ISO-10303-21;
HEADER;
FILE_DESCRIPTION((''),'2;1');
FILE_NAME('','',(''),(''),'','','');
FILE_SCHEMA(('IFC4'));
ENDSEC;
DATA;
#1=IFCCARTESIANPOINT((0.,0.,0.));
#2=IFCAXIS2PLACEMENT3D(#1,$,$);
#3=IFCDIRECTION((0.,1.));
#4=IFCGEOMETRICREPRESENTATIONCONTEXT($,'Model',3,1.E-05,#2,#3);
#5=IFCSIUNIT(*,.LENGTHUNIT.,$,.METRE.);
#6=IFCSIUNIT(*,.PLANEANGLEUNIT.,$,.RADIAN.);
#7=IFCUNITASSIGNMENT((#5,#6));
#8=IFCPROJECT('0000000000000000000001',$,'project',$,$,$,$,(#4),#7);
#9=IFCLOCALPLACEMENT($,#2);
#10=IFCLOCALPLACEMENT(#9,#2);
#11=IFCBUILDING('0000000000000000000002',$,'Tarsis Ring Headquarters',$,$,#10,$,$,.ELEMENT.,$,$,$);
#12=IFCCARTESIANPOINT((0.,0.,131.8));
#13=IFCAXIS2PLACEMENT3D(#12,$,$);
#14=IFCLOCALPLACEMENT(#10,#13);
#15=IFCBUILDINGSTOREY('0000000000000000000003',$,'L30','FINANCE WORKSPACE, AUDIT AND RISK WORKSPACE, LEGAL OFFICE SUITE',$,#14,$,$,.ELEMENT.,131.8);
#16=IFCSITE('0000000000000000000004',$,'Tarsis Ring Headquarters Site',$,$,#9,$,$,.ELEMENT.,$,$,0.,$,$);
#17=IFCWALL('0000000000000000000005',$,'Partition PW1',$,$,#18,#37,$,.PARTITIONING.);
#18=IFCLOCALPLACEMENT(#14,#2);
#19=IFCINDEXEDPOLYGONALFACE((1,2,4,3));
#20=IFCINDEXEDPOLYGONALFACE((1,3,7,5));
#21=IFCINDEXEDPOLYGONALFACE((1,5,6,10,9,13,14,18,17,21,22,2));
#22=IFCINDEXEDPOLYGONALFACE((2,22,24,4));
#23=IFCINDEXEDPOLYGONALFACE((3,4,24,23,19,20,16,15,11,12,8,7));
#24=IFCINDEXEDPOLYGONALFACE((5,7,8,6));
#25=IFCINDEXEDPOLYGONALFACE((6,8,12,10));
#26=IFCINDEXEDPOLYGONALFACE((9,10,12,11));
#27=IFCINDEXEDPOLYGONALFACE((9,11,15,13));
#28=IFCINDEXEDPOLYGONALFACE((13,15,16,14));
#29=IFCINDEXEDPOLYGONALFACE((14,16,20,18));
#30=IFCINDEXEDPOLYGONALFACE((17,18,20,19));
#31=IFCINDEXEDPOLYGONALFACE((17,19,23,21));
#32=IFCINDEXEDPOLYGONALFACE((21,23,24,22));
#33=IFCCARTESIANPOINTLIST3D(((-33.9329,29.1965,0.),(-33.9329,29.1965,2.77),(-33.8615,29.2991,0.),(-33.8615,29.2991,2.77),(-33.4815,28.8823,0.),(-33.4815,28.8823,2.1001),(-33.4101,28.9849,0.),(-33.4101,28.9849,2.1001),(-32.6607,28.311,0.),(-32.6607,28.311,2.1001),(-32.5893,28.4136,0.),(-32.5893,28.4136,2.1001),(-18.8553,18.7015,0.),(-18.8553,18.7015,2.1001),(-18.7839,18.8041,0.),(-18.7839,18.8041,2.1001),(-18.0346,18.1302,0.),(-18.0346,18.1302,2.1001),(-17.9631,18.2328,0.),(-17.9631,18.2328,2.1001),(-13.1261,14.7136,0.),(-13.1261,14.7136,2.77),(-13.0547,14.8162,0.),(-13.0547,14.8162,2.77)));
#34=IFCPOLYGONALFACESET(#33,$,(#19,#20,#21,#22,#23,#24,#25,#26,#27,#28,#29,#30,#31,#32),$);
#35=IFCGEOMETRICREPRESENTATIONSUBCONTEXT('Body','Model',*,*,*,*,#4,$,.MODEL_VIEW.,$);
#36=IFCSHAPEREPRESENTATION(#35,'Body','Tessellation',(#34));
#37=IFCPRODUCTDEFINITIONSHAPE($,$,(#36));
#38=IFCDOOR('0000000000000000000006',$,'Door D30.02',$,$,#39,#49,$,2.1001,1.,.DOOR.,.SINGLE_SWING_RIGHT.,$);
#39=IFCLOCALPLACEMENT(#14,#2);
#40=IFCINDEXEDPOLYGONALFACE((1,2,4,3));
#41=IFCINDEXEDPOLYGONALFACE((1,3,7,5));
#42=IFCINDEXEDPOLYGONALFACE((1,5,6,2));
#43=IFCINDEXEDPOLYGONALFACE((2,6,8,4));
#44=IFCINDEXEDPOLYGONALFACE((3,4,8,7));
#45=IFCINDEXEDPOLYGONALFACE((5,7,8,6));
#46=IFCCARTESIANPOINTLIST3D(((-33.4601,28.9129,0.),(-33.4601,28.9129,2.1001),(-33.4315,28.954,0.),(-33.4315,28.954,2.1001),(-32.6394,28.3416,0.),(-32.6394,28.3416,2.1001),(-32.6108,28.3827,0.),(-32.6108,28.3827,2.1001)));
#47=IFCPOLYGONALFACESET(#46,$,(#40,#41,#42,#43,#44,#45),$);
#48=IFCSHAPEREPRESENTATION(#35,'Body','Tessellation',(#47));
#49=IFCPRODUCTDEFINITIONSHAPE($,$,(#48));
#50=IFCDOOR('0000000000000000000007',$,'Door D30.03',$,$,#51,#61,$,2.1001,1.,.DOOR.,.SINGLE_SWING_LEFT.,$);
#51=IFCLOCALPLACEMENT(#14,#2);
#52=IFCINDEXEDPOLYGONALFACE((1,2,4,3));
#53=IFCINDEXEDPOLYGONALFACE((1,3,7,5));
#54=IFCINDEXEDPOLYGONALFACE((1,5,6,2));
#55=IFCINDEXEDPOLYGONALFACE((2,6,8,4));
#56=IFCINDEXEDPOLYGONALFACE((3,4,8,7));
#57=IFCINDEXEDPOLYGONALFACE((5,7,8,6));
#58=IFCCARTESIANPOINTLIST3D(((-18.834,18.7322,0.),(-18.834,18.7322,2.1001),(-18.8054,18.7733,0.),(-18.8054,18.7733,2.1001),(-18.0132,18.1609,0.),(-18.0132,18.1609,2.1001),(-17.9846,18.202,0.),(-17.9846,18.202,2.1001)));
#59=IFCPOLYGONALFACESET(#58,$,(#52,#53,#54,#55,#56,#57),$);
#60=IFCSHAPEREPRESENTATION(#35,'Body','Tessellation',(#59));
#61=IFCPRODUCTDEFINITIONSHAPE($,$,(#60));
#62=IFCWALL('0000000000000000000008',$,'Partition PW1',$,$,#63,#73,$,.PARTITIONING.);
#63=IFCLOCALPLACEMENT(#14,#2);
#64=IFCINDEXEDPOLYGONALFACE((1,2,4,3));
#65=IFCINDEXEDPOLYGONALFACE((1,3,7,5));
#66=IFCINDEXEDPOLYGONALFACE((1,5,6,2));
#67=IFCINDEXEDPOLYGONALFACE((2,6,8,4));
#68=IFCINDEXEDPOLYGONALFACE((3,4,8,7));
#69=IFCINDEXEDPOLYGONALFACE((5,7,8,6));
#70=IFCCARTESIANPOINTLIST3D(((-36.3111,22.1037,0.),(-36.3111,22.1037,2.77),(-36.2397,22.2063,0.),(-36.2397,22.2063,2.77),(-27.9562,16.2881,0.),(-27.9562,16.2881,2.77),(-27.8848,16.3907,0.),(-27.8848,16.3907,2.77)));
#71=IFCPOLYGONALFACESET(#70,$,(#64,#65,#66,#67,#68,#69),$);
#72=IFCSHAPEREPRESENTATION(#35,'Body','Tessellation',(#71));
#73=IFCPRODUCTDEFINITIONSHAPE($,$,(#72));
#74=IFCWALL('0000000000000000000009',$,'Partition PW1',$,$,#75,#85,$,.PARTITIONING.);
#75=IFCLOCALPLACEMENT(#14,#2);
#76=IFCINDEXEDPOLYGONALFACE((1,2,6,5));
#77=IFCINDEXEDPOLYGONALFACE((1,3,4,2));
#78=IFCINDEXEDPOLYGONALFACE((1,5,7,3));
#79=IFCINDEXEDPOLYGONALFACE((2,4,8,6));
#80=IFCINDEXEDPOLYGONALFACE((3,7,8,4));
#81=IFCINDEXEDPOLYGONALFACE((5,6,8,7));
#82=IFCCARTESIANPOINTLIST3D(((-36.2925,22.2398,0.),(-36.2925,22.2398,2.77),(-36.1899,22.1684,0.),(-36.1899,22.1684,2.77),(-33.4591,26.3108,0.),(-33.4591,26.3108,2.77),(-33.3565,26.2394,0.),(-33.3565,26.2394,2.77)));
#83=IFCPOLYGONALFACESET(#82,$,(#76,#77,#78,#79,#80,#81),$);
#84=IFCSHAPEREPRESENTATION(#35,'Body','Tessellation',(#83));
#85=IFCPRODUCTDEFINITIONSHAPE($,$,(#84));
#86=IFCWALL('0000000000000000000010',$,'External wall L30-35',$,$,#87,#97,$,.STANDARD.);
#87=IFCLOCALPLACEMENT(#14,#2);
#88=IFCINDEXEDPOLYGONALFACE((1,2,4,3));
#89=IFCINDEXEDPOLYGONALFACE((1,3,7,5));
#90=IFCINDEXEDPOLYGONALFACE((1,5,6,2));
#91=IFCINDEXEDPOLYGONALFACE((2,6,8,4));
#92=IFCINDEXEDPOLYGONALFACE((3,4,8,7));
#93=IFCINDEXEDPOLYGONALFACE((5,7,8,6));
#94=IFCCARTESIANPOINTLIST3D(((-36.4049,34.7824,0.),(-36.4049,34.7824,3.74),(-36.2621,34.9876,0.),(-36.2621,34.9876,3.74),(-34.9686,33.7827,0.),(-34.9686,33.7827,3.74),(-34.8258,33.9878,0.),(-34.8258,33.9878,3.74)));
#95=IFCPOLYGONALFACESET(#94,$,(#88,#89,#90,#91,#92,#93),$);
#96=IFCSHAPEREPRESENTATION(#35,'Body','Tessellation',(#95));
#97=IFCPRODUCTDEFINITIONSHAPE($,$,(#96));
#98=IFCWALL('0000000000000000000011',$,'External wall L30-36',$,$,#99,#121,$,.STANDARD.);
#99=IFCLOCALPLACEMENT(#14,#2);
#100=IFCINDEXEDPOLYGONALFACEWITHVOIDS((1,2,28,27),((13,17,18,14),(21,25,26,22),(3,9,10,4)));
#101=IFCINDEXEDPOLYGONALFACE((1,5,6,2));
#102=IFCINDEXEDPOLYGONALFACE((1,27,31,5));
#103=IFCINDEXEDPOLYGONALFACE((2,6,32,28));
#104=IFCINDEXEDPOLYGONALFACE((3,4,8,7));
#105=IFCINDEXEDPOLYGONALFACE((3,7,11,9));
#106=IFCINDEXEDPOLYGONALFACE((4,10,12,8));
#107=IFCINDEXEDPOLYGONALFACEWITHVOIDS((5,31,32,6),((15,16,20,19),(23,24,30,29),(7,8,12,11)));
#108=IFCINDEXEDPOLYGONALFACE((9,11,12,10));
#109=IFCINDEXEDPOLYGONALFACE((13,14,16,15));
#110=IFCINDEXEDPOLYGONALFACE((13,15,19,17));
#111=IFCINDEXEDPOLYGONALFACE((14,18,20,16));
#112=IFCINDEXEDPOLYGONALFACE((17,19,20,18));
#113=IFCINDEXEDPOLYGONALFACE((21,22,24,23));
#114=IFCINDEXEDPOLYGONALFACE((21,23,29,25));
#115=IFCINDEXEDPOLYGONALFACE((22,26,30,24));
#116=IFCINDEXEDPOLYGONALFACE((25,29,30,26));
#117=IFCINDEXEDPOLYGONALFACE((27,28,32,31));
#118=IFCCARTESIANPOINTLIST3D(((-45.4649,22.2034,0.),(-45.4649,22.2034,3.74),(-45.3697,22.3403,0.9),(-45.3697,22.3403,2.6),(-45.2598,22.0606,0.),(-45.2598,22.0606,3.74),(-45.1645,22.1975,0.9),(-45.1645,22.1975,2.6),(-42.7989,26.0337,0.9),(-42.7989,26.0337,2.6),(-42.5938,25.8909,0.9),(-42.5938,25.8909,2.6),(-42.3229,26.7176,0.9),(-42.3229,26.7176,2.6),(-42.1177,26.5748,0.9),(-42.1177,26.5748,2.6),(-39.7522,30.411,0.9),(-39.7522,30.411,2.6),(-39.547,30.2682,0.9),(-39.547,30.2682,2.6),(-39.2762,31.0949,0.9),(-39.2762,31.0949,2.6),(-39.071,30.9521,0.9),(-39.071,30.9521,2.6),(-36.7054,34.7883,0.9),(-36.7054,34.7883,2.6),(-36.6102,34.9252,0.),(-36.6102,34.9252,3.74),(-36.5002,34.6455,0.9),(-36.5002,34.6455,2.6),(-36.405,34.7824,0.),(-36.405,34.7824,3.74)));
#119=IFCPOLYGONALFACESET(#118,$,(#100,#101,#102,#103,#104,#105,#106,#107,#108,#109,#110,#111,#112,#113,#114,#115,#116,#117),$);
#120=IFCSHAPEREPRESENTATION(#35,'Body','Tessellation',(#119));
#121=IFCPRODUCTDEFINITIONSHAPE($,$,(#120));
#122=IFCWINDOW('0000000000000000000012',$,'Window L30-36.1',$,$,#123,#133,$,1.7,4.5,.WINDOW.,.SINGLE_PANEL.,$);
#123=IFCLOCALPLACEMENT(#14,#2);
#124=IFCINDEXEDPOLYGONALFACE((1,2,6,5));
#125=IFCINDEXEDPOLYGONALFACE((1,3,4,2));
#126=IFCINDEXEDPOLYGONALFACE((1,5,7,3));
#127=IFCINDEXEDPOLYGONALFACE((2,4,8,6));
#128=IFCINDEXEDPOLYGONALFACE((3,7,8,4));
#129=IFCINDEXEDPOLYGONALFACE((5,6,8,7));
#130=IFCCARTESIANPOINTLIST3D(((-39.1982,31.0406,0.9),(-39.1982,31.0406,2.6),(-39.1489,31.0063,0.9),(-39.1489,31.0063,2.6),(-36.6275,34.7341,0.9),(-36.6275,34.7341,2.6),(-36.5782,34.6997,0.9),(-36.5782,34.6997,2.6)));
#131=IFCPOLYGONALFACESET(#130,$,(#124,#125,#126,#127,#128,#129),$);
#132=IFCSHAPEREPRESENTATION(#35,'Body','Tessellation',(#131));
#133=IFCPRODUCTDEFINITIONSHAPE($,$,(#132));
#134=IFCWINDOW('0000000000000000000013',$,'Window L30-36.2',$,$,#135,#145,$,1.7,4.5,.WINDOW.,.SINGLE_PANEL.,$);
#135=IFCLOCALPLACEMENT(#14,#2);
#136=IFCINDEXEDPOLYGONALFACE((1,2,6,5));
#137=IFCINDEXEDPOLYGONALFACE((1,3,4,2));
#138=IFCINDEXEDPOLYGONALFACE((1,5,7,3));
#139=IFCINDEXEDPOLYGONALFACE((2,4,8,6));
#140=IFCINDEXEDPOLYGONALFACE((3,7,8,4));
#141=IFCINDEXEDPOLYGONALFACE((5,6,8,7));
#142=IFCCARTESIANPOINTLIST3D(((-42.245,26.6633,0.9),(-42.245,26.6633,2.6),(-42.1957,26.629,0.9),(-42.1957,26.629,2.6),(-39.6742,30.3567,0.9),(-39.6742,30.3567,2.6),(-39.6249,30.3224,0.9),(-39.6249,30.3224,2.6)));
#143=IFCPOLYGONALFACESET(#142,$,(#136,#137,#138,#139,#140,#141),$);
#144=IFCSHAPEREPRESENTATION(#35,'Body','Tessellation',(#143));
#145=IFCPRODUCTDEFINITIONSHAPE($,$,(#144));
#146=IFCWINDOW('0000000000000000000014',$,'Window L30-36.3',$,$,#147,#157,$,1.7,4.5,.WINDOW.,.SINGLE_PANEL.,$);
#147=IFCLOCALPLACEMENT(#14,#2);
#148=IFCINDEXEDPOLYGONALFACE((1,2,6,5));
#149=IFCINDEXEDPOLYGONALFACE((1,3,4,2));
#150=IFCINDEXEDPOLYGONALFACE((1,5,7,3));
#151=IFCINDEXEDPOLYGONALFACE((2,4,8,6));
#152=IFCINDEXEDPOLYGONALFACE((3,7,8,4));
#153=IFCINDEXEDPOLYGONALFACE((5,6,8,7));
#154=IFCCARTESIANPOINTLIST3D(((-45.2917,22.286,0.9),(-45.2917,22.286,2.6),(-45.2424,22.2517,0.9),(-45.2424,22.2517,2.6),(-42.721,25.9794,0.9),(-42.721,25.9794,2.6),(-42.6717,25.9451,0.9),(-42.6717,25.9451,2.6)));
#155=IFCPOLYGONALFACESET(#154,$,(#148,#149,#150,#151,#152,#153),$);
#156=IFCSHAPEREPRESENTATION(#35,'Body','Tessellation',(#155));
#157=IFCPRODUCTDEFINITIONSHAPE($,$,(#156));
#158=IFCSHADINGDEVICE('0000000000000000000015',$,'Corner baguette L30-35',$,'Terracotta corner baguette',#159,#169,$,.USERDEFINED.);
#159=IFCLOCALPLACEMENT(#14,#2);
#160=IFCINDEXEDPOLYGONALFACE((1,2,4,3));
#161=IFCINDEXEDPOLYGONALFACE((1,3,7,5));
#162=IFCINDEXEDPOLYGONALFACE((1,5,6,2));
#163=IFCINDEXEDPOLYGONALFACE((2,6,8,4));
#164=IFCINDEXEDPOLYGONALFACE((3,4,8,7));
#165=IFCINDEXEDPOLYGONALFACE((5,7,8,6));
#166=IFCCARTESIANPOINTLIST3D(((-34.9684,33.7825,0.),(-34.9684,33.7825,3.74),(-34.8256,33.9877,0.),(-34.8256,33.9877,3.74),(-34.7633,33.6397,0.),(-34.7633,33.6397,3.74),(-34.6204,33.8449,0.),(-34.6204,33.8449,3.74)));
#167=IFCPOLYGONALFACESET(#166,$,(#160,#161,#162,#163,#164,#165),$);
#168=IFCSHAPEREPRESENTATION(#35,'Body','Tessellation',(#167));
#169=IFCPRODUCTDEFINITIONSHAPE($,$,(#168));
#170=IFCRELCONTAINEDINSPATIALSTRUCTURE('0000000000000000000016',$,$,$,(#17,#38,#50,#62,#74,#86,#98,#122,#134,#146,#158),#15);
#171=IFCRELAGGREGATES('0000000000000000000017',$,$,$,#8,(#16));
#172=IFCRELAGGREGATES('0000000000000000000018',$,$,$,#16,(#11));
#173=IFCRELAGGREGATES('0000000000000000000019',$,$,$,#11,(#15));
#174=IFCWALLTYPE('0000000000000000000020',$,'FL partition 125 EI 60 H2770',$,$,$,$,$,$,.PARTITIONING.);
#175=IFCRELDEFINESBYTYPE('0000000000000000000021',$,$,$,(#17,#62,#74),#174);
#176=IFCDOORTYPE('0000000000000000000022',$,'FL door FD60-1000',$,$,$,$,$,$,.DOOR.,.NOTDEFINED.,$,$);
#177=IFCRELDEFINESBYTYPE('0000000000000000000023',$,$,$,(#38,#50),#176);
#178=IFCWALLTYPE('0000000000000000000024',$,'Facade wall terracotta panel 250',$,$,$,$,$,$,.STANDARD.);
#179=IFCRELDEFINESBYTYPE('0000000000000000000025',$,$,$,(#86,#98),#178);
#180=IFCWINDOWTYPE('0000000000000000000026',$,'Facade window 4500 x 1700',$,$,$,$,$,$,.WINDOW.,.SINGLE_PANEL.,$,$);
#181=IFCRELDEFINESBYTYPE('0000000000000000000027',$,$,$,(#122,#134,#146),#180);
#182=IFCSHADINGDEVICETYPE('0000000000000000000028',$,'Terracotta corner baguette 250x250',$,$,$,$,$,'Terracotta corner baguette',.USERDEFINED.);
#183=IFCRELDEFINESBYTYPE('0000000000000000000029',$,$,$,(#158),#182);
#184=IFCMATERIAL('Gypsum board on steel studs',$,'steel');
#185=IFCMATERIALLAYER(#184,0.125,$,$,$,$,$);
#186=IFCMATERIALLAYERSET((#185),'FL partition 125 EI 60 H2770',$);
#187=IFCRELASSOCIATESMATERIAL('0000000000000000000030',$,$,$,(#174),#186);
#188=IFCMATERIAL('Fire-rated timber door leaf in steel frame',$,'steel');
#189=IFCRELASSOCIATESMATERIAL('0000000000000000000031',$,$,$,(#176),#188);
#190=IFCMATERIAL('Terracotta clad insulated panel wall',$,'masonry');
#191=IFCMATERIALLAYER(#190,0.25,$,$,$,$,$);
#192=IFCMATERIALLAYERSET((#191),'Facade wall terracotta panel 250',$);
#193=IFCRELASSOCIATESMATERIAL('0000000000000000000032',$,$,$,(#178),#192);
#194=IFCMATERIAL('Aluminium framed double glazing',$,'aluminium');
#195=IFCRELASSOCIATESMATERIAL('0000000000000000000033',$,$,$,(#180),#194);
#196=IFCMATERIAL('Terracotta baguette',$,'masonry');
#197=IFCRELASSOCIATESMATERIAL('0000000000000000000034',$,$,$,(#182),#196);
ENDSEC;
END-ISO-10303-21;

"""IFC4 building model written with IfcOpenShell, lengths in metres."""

from ifc_helpers import new_model, si_unit, direction, frame, frame_2d, origin, origin_2d, place, context, subcontext, project, spatial, rectangle, extrude, material, layer, layer_set, type_object, element, fill, save


model = new_model("IFC4")

# Units and contexts
model_context = context("Model", 3, precision=1e-05, world=origin(), true_north=direction((0.0, 1.0)))
body_context = subcontext(model_context, "Body", "Model", "MODEL_VIEW")
ifc_project = project(units=[si_unit("LENGTHUNIT", "METRE"), si_unit("PLANEANGLEUNIT", "RADIAN")], contexts=[model_context])

# Site, building, storey
site_placement = place(None, origin())
site = spatial("IfcSite", under=ifc_project, at=site_placement, Name="Tarsis Ring Headquarters Site", CompositionType="ELEMENT", RefElevation=0.0)
building_placement = place(site_placement, origin())
building = spatial("IfcBuilding", under=site, at=building_placement, Name="Tarsis Ring Headquarters", CompositionType="ELEMENT")
storey_placement = place(building_placement, frame((0.0, 0.0, 131.8)))
storey = spatial("IfcBuildingStorey", under=building, at=storey_placement, Name="L30", Description="FINANCE WORKSPACE, AUDIT AND RISK WORKSPACE, LEGAL OFFICE SUITE", CompositionType="ELEMENT", Elevation=131.8)

# Shared definitions
ifc_material_1 = material(Name="Gypsum board on steel studs", Category="steel")

# Wall, openings, doors
ifc_layer_1 = layer(ifc_material_1, 0.125)
ifc_layer_set_1 = layer_set([ifc_layer_1], Name="FL partition 125 EI 60 H2770")
wall_type_1 = type_object("IfcWallType", Name="FL partition 125 EI 60 H2770", PredefinedType="PARTITIONING", material=ifc_layer_set_1)
wall_1_placement = place(storey_placement, frame((-33.8972, 29.2478, 0.0), z_axis=(0.0, 0.0, 1.0), x_axis=(0.820747, -0.571292, 0.0)))
wall_1 = element("IfcWall", 1, at=wall_1_placement, inside=storey, type_object=wall_type_1, Name="Partition PW1", PredefinedType="PARTITIONING", context=body_context, shape_type="SweptSolid", body=[
    extrude(rectangle(XDim=25.3511, YDim=0.125, at=frame_2d((12.6755, 0.0))), origin(), (0.0, 0.0, 1.0), 2.77),
])
opening_1_placement = place(wall_1_placement, frame((0.55, 0.0, 0.0)))
opening_1 = element("IfcOpeningElement", 2, at=opening_1_placement, cuts=wall_1, PredefinedType="OPENING", context=body_context, shape_type="SweptSolid", body=[
    extrude(rectangle(XDim=1.0, YDim=2.1001, at=frame_2d((0.5, 1.05))), frame((0.0, 0.0725, 0.0), z_axis=(0.0, -1.0, 0.0), x_axis=(1.0, 0.0, 0.0)), (0.0, 0.0, 1.0), 0.145),
])
opening_2_placement = place(wall_1_placement, frame((18.3706, 0.0, 0.0)))
opening_2 = element("IfcOpeningElement", 3, at=opening_2_placement, cuts=wall_1, PredefinedType="OPENING", context=body_context, shape_type="SweptSolid", body=[
    extrude(rectangle(XDim=1.0, YDim=2.1001, at=frame_2d((0.5, 1.05))), frame((0.0, 0.0725, 0.0), z_axis=(0.0, -1.0, 0.0), x_axis=(1.0, 0.0, 0.0)), (0.0, 0.0, 1.0), 0.145),
])
ifc_material_2 = material(Name="Fire-rated timber door leaf in steel frame", Category="steel")
door_type = type_object("IfcDoorType", Name="FL door FD60-1000", OperationType="NOTDEFINED", PredefinedType="DOOR", material=ifc_material_2)
door_1_placement = place(opening_1_placement, origin())
door_1 = element("IfcDoor", 4, at=door_1_placement, inside=storey, type_object=door_type, Name="Door D30.02", OperationType="SINGLE_SWING_RIGHT", OverallHeight=2.1001, OverallWidth=1.0, PredefinedType="DOOR", context=body_context, shape_type="SweptSolid", body=[
    extrude(rectangle(XDim=1.0, YDim=2.1001, at=frame_2d((0.5, 1.05))), frame((0.0, 0.0249, 0.0), z_axis=(0.0, -1.0, 0.0), x_axis=(1.0, 0.0, 0.0)), (0.0, 0.0, 1.0), 0.05),
])
fill(opening_1, door_1)
door_2_placement = place(opening_2_placement, origin())
door_2 = element("IfcDoor", 5, at=door_2_placement, inside=storey, type_object=door_type, Name="Door D30.03", OperationType="SINGLE_SWING_LEFT", OverallHeight=2.1001, OverallWidth=1.0, PredefinedType="DOOR", context=body_context, shape_type="SweptSolid", body=[
    extrude(rectangle(XDim=1.0, YDim=2.1001, at=frame_2d((0.5, 1.05))), frame((0.0, 0.0249, 0.0), z_axis=(0.0, -1.0, 0.0), x_axis=(1.0, 0.0, 0.0)), (0.0, 0.0, 1.0), 0.05),
])
fill(opening_2, door_2)

# Walls
wall_2_placement = place(storey_placement, frame((-36.2754, 22.155, 0.0), z_axis=(0.0, 0.0, 1.0), x_axis=(0.820743, -0.571297, 0.0)))
element("IfcWall", 6, at=wall_2_placement, inside=storey, type_object=wall_type_1, Name="Partition PW1", PredefinedType="PARTITIONING", context=body_context, shape_type="SweptSolid", body=[
    extrude(rectangle(XDim=10.1797, YDim=0.125, at=frame_2d((5.0898, 0.0))), origin(), (0.0, 0.0, 1.0), 2.77),
])
wall_3_placement = place(storey_placement, frame((-36.2412, 22.2041, 0.0), z_axis=(0.0, 0.0, 1.0), x_axis=(0.571263, 0.820767, 0.0)))
element("IfcWall", 7, at=wall_3_placement, inside=storey, type_object=wall_type_1, Name="Partition PW1", PredefinedType="PARTITIONING", context=body_context, shape_type="SweptSolid", body=[
    extrude(rectangle(XDim=4.96, YDim=0.125, at=frame_2d((2.48, 0.0))), origin(), (0.0, 0.0, 1.0), 2.77),
])
ifc_material_3 = material(Name="Terracotta clad insulated panel wall", Category="masonry")
ifc_layer_2 = layer(ifc_material_3, 0.25)
ifc_layer_set_2 = layer_set([ifc_layer_2], Name="Facade wall terracotta panel 250")
wall_type_2 = type_object("IfcWallType", Name="Facade wall terracotta panel 250", PredefinedType="STANDARD", material=ifc_layer_set_2)
wall_4_placement = place(storey_placement, frame((-34.8972, 33.8853, 0.0), z_axis=(0.0, 0.0, 1.0), x_axis=(-0.820743, 0.571297, 0.0)))
element("IfcWall", 8, at=wall_4_placement, inside=storey, type_object=wall_type_2, Name="External wall L30-35", PredefinedType="STANDARD", context=body_context, shape_type="SweptSolid", body=[
    extrude(rectangle(XDim=1.75, YDim=0.25, at=frame_2d((0.875, 0.0))), origin(), (0.0, 0.0, 1.0), 3.74),
])

# Wall, openings, windows
wall_5_placement = place(storey_placement, frame((-36.5076, 34.8538, 0.0), z_axis=(0.0, 0.0, 1.0), x_axis=(-0.571276, -0.820758, 0.0)))
wall_5 = element("IfcWall", 9, at=wall_5_placement, inside=storey, type_object=wall_type_2, Name="External wall L30-36", PredefinedType="STANDARD", context=body_context, shape_type="SweptSolid", body=[
    extrude(rectangle(XDim=15.5, YDim=0.25, at=frame_2d((7.75, 0.0))), origin(), (0.0, 0.0, 1.0), 3.74),
])
opening_3_placement = place(wall_5_placement, frame((0.1667, 0.0, 0.8999)))
opening_3 = element("IfcOpeningElement", 10, at=opening_3_placement, cuts=wall_5, PredefinedType="OPENING", context=body_context, shape_type="SweptSolid", body=[
    extrude(rectangle(XDim=4.5, YDim=1.7, at=frame_2d((2.25, 0.8501))), frame((0.0, 0.135, 0.0), z_axis=(0.0, -1.0, 0.0), x_axis=(1.0, 0.0, 0.0)), (0.0, 0.0, 1.0), 0.27),
])
opening_4_placement = place(wall_5_placement, frame((5.5, 0.0, 0.8999)))
opening_4 = element("IfcOpeningElement", 11, at=opening_4_placement, cuts=wall_5, PredefinedType="OPENING", context=body_context, shape_type="SweptSolid", body=[
    extrude(rectangle(XDim=4.5, YDim=1.7, at=frame_2d((2.25, 0.8501))), frame((0.0, 0.135, 0.0), z_axis=(0.0, -1.0, 0.0), x_axis=(1.0, 0.0, 0.0)), (0.0, 0.0, 1.0), 0.27),
])
opening_5_placement = place(wall_5_placement, frame((10.8333, 0.0, 0.8999)))
opening_5 = element("IfcOpeningElement", 12, at=opening_5_placement, cuts=wall_5, PredefinedType="OPENING", context=body_context, shape_type="SweptSolid", body=[
    extrude(rectangle(XDim=4.5, YDim=1.7, at=frame_2d((2.25, 0.8501))), frame((0.0, 0.135, 0.0), z_axis=(0.0, -1.0, 0.0), x_axis=(1.0, 0.0, 0.0)), (0.0, 0.0, 1.0), 0.27),
])
ifc_material_4 = material(Name="Aluminium framed double glazing", Category="aluminium")
window_type = type_object("IfcWindowType", Name="Facade window 4500 x 1700", PartitioningType="SINGLE_PANEL", PredefinedType="WINDOW", material=ifc_material_4)
window_1_placement = place(opening_3_placement, origin())
window_1 = element("IfcWindow", 13, at=window_1_placement, inside=storey, type_object=window_type, Name="Window L30-36.1", OverallHeight=1.7, OverallWidth=4.5, PartitioningType="SINGLE_PANEL", PredefinedType="WINDOW", context=body_context, shape_type="SweptSolid", body=[
    extrude(rectangle(XDim=4.5, YDim=1.7, at=frame_2d((2.25, 0.8501))), frame((0.0, 0.03, 0.0), z_axis=(0.0, -1.0, 0.0), x_axis=(1.0, 0.0, 0.0)), (0.0, 0.0, 1.0), 0.0601),
])
fill(opening_3, window_1)
window_2_placement = place(opening_4_placement, origin())
window_2 = element("IfcWindow", 14, at=window_2_placement, inside=storey, type_object=window_type, Name="Window L30-36.2", OverallHeight=1.7, OverallWidth=4.5, PartitioningType="SINGLE_PANEL", PredefinedType="WINDOW", context=body_context, shape_type="SweptSolid", body=[
    extrude(rectangle(XDim=4.5, YDim=1.7, at=frame_2d((2.25, 0.8501))), frame((0.0, 0.03, 0.0), z_axis=(0.0, -1.0, 0.0), x_axis=(1.0, 0.0, 0.0)), (0.0, 0.0, 1.0), 0.0601),
])
fill(opening_4, window_2)
window_3_placement = place(opening_5_placement, origin())
window_3 = element("IfcWindow", 15, at=window_3_placement, inside=storey, type_object=window_type, Name="Window L30-36.3", OverallHeight=1.7, OverallWidth=4.5, PartitioningType="SINGLE_PANEL", PredefinedType="WINDOW", context=body_context, shape_type="SweptSolid", body=[
    extrude(rectangle(XDim=4.5, YDim=1.7, at=frame_2d((2.25, 0.8501))), frame((0.0, 0.03, 0.0), z_axis=(0.0, -1.0, 0.0), x_axis=(1.0, 0.0, 0.0)), (0.0, 0.0, 1.0), 0.0601),
])
fill(opening_5, window_3)

# Shading device
ifc_material_5 = material(Name="Terracotta baguette", Category="masonry")
shading_device_type_1 = type_object("IfcShadingDeviceType", Name="Terracotta corner baguette 250x250", ElementType="Terracotta corner baguette", PredefinedType="USERDEFINED", material=ifc_material_5)
for number, where, z_axis, x_axis, name in (
    (16, (-34.7944, 33.8137, 0.0), (0.0, 0.0, 1.0), (-0.571287, -0.82075, 0.0), "Corner baguette L30-35"),
):
    element("IfcShadingDevice", number, at=place(storey_placement, frame(where, z_axis=z_axis, x_axis=x_axis)), inside=storey, type_object=shading_device_type_1, Name=name, ObjectType="Terracotta corner baguette", PredefinedType="USERDEFINED", context=body_context, shape_type="SweptSolid", body=[
        extrude(rectangle(XDim=0.25, YDim=0.25, at=origin_2d()), origin(), (0.0, 0.0, 1.0), 3.74),
    ])

save(model, "model.ifc")
